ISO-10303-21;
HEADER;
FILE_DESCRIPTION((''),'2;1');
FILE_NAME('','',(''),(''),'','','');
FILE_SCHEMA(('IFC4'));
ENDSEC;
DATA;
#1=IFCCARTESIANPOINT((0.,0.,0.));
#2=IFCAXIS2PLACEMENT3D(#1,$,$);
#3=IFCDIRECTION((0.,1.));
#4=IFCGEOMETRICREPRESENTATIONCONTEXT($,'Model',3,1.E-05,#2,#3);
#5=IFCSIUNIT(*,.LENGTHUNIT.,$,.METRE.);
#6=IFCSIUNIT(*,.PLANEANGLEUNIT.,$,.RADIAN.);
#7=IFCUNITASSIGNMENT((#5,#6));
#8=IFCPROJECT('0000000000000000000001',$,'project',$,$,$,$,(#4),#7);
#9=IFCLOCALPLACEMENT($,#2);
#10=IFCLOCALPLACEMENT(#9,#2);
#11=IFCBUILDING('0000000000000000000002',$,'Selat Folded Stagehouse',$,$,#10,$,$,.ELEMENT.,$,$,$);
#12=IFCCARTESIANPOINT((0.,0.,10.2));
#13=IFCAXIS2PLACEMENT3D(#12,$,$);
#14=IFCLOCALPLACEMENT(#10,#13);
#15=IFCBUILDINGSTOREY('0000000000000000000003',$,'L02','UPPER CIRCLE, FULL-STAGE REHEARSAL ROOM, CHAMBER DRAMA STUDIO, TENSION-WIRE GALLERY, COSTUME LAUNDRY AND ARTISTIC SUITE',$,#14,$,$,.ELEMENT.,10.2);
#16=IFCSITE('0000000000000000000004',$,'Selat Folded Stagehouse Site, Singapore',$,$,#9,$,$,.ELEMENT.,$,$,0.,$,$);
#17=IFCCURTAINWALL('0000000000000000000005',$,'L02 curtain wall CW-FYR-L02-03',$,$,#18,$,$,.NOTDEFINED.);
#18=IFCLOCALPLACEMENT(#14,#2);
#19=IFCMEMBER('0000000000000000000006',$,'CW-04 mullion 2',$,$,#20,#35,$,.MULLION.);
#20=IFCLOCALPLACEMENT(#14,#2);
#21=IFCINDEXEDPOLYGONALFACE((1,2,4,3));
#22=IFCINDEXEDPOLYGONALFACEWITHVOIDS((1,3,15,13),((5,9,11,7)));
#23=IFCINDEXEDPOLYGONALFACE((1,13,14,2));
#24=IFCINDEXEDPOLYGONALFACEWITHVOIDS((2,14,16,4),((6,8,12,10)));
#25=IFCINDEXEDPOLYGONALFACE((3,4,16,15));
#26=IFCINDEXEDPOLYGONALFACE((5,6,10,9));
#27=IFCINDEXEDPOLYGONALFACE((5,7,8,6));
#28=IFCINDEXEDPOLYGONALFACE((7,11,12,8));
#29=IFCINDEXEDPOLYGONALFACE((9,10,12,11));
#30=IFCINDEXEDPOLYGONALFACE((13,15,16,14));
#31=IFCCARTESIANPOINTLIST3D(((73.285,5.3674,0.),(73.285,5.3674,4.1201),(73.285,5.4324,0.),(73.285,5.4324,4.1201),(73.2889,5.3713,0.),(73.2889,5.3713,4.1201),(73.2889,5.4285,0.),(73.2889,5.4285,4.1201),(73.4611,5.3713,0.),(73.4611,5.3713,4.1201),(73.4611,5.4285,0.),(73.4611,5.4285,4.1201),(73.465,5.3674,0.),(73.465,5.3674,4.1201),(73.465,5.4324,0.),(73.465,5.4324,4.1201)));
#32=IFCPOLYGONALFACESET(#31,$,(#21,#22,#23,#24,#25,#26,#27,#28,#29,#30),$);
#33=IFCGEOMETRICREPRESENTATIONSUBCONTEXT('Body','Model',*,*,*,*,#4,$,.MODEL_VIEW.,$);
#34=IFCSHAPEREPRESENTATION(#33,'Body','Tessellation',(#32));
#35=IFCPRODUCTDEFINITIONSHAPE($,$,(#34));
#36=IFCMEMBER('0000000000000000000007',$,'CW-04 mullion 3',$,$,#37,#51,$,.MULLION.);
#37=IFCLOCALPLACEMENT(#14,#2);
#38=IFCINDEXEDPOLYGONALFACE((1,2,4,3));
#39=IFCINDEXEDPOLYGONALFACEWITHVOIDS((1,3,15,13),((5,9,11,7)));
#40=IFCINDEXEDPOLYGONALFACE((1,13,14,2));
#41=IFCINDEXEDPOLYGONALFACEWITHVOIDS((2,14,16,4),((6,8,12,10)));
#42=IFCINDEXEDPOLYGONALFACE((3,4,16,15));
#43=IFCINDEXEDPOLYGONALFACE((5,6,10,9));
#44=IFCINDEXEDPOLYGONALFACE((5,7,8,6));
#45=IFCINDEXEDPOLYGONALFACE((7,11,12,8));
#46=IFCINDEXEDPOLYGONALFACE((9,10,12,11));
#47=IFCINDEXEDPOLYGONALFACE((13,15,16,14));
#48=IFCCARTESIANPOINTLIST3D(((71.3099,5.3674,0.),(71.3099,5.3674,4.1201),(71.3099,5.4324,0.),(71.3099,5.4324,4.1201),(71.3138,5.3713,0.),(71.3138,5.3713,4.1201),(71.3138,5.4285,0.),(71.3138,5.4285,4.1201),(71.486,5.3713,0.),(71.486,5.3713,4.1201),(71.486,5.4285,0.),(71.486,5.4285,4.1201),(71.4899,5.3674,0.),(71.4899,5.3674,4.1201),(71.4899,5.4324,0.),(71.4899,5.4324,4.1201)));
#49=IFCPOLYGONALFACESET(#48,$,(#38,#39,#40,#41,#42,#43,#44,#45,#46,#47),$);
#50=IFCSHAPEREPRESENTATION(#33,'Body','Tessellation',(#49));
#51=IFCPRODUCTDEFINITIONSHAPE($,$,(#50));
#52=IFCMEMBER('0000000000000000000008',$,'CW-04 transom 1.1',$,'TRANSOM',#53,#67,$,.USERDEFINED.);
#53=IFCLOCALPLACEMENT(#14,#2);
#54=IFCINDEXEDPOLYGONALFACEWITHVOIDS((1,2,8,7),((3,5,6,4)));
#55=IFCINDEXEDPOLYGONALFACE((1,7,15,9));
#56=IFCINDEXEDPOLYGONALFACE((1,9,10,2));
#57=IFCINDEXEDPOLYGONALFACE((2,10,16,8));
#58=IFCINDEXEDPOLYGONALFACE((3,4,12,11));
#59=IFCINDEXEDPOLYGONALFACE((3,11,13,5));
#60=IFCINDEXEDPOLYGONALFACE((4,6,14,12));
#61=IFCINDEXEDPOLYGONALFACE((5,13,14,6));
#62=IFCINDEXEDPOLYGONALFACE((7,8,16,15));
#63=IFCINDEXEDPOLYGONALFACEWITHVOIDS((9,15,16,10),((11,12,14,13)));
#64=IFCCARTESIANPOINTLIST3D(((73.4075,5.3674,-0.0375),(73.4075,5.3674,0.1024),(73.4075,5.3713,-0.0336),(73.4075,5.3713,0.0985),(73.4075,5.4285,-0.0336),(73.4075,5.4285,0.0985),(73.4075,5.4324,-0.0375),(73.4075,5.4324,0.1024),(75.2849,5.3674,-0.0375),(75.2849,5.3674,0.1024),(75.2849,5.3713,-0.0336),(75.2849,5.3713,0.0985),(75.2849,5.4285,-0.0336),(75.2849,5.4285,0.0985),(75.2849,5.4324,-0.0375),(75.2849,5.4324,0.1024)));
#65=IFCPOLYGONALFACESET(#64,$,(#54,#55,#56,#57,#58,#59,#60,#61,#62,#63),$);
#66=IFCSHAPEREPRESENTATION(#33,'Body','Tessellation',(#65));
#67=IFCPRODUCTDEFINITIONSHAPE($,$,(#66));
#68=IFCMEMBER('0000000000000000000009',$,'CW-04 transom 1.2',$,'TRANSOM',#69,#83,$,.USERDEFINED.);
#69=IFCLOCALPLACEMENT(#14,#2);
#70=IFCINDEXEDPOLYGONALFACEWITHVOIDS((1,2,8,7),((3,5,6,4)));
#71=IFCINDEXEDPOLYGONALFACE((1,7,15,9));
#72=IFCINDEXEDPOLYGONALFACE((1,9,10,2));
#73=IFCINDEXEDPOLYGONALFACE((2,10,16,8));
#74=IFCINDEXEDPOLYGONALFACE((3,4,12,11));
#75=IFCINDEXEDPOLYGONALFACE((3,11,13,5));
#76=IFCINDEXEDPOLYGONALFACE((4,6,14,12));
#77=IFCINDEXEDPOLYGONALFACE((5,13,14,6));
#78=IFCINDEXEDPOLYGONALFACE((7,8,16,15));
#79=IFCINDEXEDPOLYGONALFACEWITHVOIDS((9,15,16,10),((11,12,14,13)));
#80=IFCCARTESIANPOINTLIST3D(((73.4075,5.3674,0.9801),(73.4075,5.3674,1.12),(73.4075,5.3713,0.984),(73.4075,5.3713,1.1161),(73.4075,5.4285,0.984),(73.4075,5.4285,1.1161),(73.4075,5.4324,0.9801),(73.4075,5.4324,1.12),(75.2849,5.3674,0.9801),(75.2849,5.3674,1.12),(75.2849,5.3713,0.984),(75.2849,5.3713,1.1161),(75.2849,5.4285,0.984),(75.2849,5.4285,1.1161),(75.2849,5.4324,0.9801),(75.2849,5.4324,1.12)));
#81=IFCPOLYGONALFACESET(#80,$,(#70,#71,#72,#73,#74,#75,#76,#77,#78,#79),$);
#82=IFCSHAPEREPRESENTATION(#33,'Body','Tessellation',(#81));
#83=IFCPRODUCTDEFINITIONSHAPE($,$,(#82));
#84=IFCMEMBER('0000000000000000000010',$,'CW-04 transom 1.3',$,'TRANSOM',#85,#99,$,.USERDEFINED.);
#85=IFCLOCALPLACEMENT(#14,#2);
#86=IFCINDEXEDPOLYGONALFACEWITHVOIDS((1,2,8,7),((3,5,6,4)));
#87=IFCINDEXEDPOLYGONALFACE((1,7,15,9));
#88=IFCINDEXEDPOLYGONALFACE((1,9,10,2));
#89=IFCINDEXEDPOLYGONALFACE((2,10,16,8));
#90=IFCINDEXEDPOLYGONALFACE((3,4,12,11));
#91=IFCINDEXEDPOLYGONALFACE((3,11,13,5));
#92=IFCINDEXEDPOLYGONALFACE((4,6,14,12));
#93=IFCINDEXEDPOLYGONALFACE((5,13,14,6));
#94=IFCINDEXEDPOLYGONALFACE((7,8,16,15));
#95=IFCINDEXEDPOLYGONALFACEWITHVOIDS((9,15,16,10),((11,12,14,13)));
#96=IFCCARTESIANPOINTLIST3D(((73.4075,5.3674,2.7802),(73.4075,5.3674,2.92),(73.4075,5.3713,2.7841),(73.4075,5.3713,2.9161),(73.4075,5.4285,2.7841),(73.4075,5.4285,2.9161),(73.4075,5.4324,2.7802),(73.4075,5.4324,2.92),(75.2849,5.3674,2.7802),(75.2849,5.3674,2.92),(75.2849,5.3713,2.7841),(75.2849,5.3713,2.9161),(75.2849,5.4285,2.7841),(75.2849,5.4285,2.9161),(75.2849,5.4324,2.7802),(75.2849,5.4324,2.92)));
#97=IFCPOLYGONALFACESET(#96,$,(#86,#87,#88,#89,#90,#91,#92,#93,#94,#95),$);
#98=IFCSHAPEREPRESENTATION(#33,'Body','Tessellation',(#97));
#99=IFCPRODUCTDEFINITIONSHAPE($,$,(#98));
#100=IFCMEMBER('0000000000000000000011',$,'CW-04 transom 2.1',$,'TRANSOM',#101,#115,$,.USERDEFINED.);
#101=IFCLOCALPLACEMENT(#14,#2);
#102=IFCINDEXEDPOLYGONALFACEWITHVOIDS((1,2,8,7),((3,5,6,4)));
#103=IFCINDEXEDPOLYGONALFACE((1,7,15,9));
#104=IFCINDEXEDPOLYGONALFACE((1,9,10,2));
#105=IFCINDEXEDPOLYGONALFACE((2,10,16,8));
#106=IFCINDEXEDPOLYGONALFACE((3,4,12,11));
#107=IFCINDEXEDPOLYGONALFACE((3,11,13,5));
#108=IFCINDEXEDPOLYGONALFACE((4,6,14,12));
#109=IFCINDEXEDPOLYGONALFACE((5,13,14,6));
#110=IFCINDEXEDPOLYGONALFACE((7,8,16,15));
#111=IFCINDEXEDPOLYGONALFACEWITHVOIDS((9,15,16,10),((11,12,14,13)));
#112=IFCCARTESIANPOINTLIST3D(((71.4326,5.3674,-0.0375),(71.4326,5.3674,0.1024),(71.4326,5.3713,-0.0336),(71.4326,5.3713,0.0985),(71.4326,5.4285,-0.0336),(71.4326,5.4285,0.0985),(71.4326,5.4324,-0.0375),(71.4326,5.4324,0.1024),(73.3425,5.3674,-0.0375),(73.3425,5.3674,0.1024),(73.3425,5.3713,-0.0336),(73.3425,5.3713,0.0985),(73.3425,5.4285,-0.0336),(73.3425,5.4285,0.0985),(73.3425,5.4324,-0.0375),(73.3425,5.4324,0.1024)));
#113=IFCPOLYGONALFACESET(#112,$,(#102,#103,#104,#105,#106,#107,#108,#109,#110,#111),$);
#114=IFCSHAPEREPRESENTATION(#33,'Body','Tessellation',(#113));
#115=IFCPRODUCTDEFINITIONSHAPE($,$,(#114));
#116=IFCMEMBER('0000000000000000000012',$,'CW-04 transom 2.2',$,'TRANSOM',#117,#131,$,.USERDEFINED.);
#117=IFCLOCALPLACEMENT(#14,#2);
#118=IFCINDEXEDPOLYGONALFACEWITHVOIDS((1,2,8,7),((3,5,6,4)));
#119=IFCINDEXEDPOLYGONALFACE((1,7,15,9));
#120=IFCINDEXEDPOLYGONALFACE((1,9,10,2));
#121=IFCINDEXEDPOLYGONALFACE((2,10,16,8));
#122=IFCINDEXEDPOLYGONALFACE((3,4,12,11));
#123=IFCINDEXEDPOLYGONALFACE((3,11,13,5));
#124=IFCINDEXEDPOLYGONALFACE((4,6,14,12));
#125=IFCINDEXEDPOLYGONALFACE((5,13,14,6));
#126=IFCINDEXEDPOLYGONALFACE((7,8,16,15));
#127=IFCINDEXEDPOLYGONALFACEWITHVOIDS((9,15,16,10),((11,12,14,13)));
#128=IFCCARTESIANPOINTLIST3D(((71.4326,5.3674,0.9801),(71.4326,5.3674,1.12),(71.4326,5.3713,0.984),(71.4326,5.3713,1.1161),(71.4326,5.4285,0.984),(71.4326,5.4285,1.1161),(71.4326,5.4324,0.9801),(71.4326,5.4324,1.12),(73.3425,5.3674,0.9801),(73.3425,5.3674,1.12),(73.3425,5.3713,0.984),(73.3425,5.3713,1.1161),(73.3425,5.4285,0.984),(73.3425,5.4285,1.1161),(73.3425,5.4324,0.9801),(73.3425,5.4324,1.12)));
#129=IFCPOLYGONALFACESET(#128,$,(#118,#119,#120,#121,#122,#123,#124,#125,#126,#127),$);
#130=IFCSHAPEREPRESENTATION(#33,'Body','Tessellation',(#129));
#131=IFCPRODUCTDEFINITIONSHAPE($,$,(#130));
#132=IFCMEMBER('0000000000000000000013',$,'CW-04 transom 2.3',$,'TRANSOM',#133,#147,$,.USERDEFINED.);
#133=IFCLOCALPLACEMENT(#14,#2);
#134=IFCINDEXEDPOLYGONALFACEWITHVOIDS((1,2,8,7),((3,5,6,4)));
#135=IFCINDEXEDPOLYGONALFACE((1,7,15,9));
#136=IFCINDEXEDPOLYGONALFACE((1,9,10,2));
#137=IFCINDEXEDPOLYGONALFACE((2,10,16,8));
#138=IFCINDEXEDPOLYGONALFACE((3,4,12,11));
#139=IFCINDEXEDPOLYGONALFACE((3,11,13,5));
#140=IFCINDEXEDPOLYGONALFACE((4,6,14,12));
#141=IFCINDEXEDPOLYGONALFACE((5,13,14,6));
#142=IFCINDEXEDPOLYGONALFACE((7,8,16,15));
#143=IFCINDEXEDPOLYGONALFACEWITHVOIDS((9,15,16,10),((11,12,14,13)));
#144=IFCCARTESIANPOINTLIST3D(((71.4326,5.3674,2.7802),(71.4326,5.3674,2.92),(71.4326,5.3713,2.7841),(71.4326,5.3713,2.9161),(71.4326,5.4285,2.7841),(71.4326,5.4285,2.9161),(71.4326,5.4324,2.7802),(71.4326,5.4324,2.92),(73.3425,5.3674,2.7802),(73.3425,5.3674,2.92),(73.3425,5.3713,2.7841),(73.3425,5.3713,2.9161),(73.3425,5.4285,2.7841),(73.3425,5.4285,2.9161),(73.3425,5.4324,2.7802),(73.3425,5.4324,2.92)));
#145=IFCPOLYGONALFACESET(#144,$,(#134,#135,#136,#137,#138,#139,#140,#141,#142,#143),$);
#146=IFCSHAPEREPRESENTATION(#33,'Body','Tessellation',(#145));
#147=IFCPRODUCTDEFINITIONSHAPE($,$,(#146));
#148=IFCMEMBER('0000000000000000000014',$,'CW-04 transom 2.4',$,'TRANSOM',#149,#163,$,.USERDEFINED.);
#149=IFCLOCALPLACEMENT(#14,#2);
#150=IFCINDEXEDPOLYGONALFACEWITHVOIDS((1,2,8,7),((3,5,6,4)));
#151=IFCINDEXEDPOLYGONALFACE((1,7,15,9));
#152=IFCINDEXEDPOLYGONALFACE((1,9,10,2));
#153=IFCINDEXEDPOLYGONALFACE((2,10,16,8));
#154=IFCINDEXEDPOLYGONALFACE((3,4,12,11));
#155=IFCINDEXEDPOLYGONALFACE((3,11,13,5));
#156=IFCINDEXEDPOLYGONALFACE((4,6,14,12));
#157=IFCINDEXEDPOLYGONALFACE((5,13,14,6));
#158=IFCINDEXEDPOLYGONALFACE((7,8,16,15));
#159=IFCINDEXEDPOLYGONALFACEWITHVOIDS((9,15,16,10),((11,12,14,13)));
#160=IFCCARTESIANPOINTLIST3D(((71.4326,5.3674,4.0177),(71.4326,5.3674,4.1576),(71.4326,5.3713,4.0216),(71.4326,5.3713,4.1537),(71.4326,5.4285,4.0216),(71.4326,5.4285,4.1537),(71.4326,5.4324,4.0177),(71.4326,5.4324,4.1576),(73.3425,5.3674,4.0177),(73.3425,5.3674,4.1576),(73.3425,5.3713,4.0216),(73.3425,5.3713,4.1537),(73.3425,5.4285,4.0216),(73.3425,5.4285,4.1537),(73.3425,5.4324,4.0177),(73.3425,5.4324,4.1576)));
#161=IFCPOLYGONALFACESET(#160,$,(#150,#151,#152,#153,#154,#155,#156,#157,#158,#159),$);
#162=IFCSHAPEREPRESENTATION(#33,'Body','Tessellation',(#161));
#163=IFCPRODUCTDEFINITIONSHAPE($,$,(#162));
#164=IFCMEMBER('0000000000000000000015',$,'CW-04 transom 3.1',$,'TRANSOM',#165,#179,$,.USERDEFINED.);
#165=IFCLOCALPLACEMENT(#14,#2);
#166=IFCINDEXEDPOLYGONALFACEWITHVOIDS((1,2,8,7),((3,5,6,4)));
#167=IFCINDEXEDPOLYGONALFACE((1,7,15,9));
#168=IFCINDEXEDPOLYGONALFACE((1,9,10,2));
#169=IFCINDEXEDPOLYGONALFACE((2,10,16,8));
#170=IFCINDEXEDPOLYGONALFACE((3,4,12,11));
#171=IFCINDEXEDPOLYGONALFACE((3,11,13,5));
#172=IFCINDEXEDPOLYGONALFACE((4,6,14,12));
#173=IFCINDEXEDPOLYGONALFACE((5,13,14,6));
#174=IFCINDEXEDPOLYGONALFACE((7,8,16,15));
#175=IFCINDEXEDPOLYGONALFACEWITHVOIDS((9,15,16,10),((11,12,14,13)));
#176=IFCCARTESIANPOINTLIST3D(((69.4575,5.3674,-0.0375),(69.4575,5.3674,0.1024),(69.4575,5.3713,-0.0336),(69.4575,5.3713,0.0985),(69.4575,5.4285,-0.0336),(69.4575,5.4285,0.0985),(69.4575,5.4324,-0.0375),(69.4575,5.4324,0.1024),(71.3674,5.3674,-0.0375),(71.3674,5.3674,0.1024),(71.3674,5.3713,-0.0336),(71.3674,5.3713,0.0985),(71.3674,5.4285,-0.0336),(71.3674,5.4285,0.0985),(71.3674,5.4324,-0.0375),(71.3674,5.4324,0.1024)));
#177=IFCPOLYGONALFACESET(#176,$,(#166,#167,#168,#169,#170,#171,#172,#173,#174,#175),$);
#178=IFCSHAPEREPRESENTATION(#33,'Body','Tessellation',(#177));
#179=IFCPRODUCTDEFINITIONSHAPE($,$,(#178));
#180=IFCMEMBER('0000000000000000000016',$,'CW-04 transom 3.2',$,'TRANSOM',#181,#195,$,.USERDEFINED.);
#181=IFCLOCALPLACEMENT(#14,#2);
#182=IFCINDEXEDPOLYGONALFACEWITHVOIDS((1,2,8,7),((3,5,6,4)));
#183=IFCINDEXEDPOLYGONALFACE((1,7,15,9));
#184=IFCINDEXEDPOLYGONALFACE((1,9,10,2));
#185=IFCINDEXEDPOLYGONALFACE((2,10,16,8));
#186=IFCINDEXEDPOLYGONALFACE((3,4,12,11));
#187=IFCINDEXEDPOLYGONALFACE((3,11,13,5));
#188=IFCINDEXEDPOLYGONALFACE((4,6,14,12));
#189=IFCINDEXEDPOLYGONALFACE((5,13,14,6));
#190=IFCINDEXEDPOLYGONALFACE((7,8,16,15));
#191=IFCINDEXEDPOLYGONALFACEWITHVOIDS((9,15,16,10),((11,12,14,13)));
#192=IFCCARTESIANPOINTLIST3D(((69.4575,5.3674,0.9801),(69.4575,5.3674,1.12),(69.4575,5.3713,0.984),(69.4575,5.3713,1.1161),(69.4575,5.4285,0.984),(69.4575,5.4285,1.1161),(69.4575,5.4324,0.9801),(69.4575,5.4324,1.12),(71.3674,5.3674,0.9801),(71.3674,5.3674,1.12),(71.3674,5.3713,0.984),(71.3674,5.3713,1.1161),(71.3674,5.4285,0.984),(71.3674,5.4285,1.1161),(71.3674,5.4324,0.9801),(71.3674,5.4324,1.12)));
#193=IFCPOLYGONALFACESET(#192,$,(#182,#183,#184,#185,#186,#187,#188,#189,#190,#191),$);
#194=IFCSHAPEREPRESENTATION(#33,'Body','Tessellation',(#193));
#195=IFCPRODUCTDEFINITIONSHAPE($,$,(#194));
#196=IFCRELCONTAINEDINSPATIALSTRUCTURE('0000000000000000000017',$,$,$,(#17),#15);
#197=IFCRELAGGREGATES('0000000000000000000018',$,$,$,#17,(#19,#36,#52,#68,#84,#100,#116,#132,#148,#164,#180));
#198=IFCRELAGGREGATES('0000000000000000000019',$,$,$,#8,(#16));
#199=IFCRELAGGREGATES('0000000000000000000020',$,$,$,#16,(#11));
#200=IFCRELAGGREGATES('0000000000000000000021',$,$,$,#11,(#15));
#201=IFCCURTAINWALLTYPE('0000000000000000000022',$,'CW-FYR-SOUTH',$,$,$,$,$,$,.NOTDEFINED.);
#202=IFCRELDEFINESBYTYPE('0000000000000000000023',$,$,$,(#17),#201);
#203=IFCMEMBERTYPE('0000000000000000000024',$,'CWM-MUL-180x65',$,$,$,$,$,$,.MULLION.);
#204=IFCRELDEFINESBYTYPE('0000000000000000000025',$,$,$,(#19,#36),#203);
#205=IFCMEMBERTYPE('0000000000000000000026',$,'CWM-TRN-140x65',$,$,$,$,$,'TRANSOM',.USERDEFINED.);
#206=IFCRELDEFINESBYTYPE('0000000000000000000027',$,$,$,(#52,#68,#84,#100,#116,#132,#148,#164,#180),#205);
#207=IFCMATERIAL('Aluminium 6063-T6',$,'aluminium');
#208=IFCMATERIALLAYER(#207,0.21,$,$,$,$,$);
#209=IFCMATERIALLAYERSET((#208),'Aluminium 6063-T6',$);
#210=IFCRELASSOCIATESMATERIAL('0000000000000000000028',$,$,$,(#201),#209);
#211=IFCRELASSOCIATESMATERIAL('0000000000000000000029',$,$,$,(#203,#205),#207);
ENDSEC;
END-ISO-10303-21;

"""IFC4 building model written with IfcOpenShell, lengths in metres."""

from ifc_helpers import new_model, si_unit, direction, frame, origin, origin_2d, place, context, subcontext, project, spatial, hollow_rectangle, extrude, material, layer, layer_set, material_profile, profile_set, type_object, element, aggregate, save


model = new_model("IFC4")

# Units and contexts
model_context = context("Model", 3, precision=1e-05, world=origin(), true_north=direction((0.0, 1.0)))
body_context = subcontext(model_context, "Body", "Model", "MODEL_VIEW")
ifc_project = project(units=[si_unit("LENGTHUNIT", "METRE"), si_unit("PLANEANGLEUNIT", "RADIAN")], contexts=[model_context])

# Site, building, storey
site_placement = place(None, origin())
site = spatial("IfcSite", under=ifc_project, at=site_placement, Name="Selat Folded Stagehouse Site, Singapore", CompositionType="ELEMENT", RefElevation=0.0)
building_placement = place(site_placement, origin())
building = spatial("IfcBuilding", under=site, at=building_placement, Name="Selat Folded Stagehouse", CompositionType="ELEMENT")
storey_placement = place(building_placement, frame((0.0, 0.0, 10.2)))
storey = spatial("IfcBuildingStorey", under=building, at=storey_placement, Name="L02", Description="UPPER CIRCLE, FULL-STAGE REHEARSAL ROOM, CHAMBER DRAMA STUDIO, TENSION-WIRE GALLERY, COSTUME LAUNDRY AND ARTISTIC SUITE", CompositionType="ELEMENT", Elevation=10.2)

# Curtain wall, members
ifc_material_1 = material(Name="Aluminium 6063-T6", Category="aluminium")
ifc_layer_1 = layer(ifc_material_1, 0.21)
ifc_layer_set_1 = layer_set([ifc_layer_1], Name="Aluminium 6063-T6")
curtain_wall_type = type_object("IfcCurtainWallType", Name="CW-FYR-SOUTH", PredefinedType="NOTDEFINED", material=ifc_layer_set_1)
curtain_wall_placement = place(storey_placement, origin())
curtain_wall = element("IfcCurtainWall", 1, at=curtain_wall_placement, inside=storey, type_object=curtain_wall_type, Name="L02 curtain wall CW-FYR-L02-03", PredefinedType="NOTDEFINED")
ifc_material_profile_1 = material_profile(ifc_material_1, hollow_rectangle(XDim=0.0649, YDim=0.1799, WallThickness=0.0039, at=origin_2d()), Name="ALU 180x65x4.0")
ifc_profile_set_1 = profile_set([ifc_material_profile_1], Name="Aluminium 6063-T6")
member_type_1 = type_object("IfcMemberType", Name="CWM-MUL-180x65", PredefinedType="MULLION", material=ifc_profile_set_1)
member_1_placement = place(storey_placement, frame((73.375, 5.3999, 0.0), z_axis=(0.0, 0.0, 1.0), x_axis=(0.0, -1.0, 0.0)))
member_1 = element("IfcMember", 2, at=member_1_placement, type_object=member_type_1, Name="CW-04 mullion 2", PredefinedType="MULLION", context=body_context, shape_type="SweptSolid", body=[
    extrude(hollow_rectangle(XDim=0.0649, YDim=0.1799, WallThickness=0.0039, at=origin_2d()), origin(), (0.0, 0.0, 1.0), 4.1201),
])
member_2_placement = place(storey_placement, frame((71.3999, 5.3999, 0.0), z_axis=(0.0, 0.0, 1.0), x_axis=(0.0, -1.0, 0.0)))
member_2 = element("IfcMember", 3, at=member_2_placement, type_object=member_type_1, Name="CW-04 mullion 3", PredefinedType="MULLION", context=body_context, shape_type="SweptSolid", body=[
    extrude(hollow_rectangle(XDim=0.0649, YDim=0.1799, WallThickness=0.0039, at=origin_2d()), origin(), (0.0, 0.0, 1.0), 4.1201),
])
ifc_material_profile_2 = material_profile(ifc_material_1, hollow_rectangle(XDim=0.0649, YDim=0.1399, WallThickness=0.0039, at=origin_2d()), Name="ALU 140x65x4.0")
ifc_profile_set_2 = profile_set([ifc_material_profile_2], Name="Aluminium 6063-T6")
member_type_2 = type_object("IfcMemberType", Name="CWM-TRN-140x65", ElementType="TRANSOM", PredefinedType="USERDEFINED", material=ifc_profile_set_2)
member_3_placement = place(storey_placement, frame((75.2849, 5.3999, 0.0325), z_axis=(-1.0, 0.0, 0.0), x_axis=(0.0, -1.0, 0.0)))
member_3 = element("IfcMember", 4, at=member_3_placement, type_object=member_type_2, Name="CW-04 transom 1.1", ObjectType="TRANSOM", PredefinedType="USERDEFINED", context=body_context, shape_type="SweptSolid", body=[
    extrude(hollow_rectangle(XDim=0.0649, YDim=0.1399, WallThickness=0.0039, at=origin_2d()), origin(), (0.0, 0.0, 1.0), 1.8774),
])
member_4_placement = place(storey_placement, frame((75.2849, 5.3999, 1.05), z_axis=(-1.0, 0.0, 0.0), x_axis=(0.0, -1.0, 0.0)))
member_4 = element("IfcMember", 5, at=member_4_placement, type_object=member_type_2, Name="CW-04 transom 1.2", ObjectType="TRANSOM", PredefinedType="USERDEFINED", context=body_context, shape_type="SweptSolid", body=[
    extrude(hollow_rectangle(XDim=0.0649, YDim=0.1399, WallThickness=0.0039, at=origin_2d()), origin(), (0.0, 0.0, 1.0), 1.8774),
])
member_5_placement = place(storey_placement, frame((75.2849, 5.3999, 2.8501), z_axis=(-1.0, 0.0, 0.0), x_axis=(0.0, -1.0, 0.0)))
member_5 = element("IfcMember", 6, at=member_5_placement, type_object=member_type_2, Name="CW-04 transom 1.3", ObjectType="TRANSOM", PredefinedType="USERDEFINED", context=body_context, shape_type="SweptSolid", body=[
    extrude(hollow_rectangle(XDim=0.0649, YDim=0.1399, WallThickness=0.0039, at=origin_2d()), origin(), (0.0, 0.0, 1.0), 1.8774),
])
member_6_placement = place(storey_placement, frame((73.3425, 5.3999, 0.0325), z_axis=(-1.0, 0.0, 0.0), x_axis=(0.0, -1.0, 0.0)))
member_6 = element("IfcMember", 7, at=member_6_placement, type_object=member_type_2, Name="CW-04 transom 2.1", ObjectType="TRANSOM", PredefinedType="USERDEFINED", context=body_context, shape_type="SweptSolid", body=[
    extrude(hollow_rectangle(XDim=0.0649, YDim=0.1399, WallThickness=0.0039, at=origin_2d()), origin(), (0.0, 0.0, 1.0), 1.9099),
])
member_7_placement = place(storey_placement, frame((73.3425, 5.3999, 1.05), z_axis=(-1.0, 0.0, 0.0), x_axis=(0.0, -1.0, 0.0)))
member_7 = element("IfcMember", 8, at=member_7_placement, type_object=member_type_2, Name="CW-04 transom 2.2", ObjectType="TRANSOM", PredefinedType="USERDEFINED", context=body_context, shape_type="SweptSolid", body=[
    extrude(hollow_rectangle(XDim=0.0649, YDim=0.1399, WallThickness=0.0039, at=origin_2d()), origin(), (0.0, 0.0, 1.0), 1.9099),
])
member_8_placement = place(storey_placement, frame((73.3425, 5.3999, 2.8501), z_axis=(-1.0, 0.0, 0.0), x_axis=(0.0, -1.0, 0.0)))
member_8 = element("IfcMember", 9, at=member_8_placement, type_object=member_type_2, Name="CW-04 transom 2.3", ObjectType="TRANSOM", PredefinedType="USERDEFINED", context=body_context, shape_type="SweptSolid", body=[
    extrude(hollow_rectangle(XDim=0.0649, YDim=0.1399, WallThickness=0.0039, at=origin_2d()), origin(), (0.0, 0.0, 1.0), 1.9099),
])
member_9_placement = place(storey_placement, frame((73.3425, 5.3999, 4.0876), z_axis=(-1.0, 0.0, 0.0), x_axis=(0.0, -1.0, 0.0)))
member_9 = element("IfcMember", 10, at=member_9_placement, type_object=member_type_2, Name="CW-04 transom 2.4", ObjectType="TRANSOM", PredefinedType="USERDEFINED", context=body_context, shape_type="SweptSolid", body=[
    extrude(hollow_rectangle(XDim=0.0649, YDim=0.1399, WallThickness=0.0039, at=origin_2d()), origin(), (0.0, 0.0, 1.0), 1.9099),
])
member_10_placement = place(storey_placement, frame((71.3674, 5.3999, 0.0325), z_axis=(-1.0, 0.0, 0.0), x_axis=(0.0, -1.0, 0.0)))
member_10 = element("IfcMember", 11, at=member_10_placement, type_object=member_type_2, Name="CW-04 transom 3.1", ObjectType="TRANSOM", PredefinedType="USERDEFINED", context=body_context, shape_type="SweptSolid", body=[
    extrude(hollow_rectangle(XDim=0.0649, YDim=0.1399, WallThickness=0.0039, at=origin_2d()), origin(), (0.0, 0.0, 1.0), 1.9099),
])
member_11_placement = place(storey_placement, frame((71.3674, 5.3999, 1.05), z_axis=(-1.0, 0.0, 0.0), x_axis=(0.0, -1.0, 0.0)))
member_11 = element("IfcMember", 12, at=member_11_placement, type_object=member_type_2, Name="CW-04 transom 3.2", ObjectType="TRANSOM", PredefinedType="USERDEFINED", context=body_context, shape_type="SweptSolid", body=[
    extrude(hollow_rectangle(XDim=0.0649, YDim=0.1399, WallThickness=0.0039, at=origin_2d()), origin(), (0.0, 0.0, 1.0), 1.9099),
])
aggregate(curtain_wall, [member_1, member_2, member_3, member_4, member_5, member_6, member_7, member_8, member_9, member_10, member_11])

save(model, "model.ifc")
